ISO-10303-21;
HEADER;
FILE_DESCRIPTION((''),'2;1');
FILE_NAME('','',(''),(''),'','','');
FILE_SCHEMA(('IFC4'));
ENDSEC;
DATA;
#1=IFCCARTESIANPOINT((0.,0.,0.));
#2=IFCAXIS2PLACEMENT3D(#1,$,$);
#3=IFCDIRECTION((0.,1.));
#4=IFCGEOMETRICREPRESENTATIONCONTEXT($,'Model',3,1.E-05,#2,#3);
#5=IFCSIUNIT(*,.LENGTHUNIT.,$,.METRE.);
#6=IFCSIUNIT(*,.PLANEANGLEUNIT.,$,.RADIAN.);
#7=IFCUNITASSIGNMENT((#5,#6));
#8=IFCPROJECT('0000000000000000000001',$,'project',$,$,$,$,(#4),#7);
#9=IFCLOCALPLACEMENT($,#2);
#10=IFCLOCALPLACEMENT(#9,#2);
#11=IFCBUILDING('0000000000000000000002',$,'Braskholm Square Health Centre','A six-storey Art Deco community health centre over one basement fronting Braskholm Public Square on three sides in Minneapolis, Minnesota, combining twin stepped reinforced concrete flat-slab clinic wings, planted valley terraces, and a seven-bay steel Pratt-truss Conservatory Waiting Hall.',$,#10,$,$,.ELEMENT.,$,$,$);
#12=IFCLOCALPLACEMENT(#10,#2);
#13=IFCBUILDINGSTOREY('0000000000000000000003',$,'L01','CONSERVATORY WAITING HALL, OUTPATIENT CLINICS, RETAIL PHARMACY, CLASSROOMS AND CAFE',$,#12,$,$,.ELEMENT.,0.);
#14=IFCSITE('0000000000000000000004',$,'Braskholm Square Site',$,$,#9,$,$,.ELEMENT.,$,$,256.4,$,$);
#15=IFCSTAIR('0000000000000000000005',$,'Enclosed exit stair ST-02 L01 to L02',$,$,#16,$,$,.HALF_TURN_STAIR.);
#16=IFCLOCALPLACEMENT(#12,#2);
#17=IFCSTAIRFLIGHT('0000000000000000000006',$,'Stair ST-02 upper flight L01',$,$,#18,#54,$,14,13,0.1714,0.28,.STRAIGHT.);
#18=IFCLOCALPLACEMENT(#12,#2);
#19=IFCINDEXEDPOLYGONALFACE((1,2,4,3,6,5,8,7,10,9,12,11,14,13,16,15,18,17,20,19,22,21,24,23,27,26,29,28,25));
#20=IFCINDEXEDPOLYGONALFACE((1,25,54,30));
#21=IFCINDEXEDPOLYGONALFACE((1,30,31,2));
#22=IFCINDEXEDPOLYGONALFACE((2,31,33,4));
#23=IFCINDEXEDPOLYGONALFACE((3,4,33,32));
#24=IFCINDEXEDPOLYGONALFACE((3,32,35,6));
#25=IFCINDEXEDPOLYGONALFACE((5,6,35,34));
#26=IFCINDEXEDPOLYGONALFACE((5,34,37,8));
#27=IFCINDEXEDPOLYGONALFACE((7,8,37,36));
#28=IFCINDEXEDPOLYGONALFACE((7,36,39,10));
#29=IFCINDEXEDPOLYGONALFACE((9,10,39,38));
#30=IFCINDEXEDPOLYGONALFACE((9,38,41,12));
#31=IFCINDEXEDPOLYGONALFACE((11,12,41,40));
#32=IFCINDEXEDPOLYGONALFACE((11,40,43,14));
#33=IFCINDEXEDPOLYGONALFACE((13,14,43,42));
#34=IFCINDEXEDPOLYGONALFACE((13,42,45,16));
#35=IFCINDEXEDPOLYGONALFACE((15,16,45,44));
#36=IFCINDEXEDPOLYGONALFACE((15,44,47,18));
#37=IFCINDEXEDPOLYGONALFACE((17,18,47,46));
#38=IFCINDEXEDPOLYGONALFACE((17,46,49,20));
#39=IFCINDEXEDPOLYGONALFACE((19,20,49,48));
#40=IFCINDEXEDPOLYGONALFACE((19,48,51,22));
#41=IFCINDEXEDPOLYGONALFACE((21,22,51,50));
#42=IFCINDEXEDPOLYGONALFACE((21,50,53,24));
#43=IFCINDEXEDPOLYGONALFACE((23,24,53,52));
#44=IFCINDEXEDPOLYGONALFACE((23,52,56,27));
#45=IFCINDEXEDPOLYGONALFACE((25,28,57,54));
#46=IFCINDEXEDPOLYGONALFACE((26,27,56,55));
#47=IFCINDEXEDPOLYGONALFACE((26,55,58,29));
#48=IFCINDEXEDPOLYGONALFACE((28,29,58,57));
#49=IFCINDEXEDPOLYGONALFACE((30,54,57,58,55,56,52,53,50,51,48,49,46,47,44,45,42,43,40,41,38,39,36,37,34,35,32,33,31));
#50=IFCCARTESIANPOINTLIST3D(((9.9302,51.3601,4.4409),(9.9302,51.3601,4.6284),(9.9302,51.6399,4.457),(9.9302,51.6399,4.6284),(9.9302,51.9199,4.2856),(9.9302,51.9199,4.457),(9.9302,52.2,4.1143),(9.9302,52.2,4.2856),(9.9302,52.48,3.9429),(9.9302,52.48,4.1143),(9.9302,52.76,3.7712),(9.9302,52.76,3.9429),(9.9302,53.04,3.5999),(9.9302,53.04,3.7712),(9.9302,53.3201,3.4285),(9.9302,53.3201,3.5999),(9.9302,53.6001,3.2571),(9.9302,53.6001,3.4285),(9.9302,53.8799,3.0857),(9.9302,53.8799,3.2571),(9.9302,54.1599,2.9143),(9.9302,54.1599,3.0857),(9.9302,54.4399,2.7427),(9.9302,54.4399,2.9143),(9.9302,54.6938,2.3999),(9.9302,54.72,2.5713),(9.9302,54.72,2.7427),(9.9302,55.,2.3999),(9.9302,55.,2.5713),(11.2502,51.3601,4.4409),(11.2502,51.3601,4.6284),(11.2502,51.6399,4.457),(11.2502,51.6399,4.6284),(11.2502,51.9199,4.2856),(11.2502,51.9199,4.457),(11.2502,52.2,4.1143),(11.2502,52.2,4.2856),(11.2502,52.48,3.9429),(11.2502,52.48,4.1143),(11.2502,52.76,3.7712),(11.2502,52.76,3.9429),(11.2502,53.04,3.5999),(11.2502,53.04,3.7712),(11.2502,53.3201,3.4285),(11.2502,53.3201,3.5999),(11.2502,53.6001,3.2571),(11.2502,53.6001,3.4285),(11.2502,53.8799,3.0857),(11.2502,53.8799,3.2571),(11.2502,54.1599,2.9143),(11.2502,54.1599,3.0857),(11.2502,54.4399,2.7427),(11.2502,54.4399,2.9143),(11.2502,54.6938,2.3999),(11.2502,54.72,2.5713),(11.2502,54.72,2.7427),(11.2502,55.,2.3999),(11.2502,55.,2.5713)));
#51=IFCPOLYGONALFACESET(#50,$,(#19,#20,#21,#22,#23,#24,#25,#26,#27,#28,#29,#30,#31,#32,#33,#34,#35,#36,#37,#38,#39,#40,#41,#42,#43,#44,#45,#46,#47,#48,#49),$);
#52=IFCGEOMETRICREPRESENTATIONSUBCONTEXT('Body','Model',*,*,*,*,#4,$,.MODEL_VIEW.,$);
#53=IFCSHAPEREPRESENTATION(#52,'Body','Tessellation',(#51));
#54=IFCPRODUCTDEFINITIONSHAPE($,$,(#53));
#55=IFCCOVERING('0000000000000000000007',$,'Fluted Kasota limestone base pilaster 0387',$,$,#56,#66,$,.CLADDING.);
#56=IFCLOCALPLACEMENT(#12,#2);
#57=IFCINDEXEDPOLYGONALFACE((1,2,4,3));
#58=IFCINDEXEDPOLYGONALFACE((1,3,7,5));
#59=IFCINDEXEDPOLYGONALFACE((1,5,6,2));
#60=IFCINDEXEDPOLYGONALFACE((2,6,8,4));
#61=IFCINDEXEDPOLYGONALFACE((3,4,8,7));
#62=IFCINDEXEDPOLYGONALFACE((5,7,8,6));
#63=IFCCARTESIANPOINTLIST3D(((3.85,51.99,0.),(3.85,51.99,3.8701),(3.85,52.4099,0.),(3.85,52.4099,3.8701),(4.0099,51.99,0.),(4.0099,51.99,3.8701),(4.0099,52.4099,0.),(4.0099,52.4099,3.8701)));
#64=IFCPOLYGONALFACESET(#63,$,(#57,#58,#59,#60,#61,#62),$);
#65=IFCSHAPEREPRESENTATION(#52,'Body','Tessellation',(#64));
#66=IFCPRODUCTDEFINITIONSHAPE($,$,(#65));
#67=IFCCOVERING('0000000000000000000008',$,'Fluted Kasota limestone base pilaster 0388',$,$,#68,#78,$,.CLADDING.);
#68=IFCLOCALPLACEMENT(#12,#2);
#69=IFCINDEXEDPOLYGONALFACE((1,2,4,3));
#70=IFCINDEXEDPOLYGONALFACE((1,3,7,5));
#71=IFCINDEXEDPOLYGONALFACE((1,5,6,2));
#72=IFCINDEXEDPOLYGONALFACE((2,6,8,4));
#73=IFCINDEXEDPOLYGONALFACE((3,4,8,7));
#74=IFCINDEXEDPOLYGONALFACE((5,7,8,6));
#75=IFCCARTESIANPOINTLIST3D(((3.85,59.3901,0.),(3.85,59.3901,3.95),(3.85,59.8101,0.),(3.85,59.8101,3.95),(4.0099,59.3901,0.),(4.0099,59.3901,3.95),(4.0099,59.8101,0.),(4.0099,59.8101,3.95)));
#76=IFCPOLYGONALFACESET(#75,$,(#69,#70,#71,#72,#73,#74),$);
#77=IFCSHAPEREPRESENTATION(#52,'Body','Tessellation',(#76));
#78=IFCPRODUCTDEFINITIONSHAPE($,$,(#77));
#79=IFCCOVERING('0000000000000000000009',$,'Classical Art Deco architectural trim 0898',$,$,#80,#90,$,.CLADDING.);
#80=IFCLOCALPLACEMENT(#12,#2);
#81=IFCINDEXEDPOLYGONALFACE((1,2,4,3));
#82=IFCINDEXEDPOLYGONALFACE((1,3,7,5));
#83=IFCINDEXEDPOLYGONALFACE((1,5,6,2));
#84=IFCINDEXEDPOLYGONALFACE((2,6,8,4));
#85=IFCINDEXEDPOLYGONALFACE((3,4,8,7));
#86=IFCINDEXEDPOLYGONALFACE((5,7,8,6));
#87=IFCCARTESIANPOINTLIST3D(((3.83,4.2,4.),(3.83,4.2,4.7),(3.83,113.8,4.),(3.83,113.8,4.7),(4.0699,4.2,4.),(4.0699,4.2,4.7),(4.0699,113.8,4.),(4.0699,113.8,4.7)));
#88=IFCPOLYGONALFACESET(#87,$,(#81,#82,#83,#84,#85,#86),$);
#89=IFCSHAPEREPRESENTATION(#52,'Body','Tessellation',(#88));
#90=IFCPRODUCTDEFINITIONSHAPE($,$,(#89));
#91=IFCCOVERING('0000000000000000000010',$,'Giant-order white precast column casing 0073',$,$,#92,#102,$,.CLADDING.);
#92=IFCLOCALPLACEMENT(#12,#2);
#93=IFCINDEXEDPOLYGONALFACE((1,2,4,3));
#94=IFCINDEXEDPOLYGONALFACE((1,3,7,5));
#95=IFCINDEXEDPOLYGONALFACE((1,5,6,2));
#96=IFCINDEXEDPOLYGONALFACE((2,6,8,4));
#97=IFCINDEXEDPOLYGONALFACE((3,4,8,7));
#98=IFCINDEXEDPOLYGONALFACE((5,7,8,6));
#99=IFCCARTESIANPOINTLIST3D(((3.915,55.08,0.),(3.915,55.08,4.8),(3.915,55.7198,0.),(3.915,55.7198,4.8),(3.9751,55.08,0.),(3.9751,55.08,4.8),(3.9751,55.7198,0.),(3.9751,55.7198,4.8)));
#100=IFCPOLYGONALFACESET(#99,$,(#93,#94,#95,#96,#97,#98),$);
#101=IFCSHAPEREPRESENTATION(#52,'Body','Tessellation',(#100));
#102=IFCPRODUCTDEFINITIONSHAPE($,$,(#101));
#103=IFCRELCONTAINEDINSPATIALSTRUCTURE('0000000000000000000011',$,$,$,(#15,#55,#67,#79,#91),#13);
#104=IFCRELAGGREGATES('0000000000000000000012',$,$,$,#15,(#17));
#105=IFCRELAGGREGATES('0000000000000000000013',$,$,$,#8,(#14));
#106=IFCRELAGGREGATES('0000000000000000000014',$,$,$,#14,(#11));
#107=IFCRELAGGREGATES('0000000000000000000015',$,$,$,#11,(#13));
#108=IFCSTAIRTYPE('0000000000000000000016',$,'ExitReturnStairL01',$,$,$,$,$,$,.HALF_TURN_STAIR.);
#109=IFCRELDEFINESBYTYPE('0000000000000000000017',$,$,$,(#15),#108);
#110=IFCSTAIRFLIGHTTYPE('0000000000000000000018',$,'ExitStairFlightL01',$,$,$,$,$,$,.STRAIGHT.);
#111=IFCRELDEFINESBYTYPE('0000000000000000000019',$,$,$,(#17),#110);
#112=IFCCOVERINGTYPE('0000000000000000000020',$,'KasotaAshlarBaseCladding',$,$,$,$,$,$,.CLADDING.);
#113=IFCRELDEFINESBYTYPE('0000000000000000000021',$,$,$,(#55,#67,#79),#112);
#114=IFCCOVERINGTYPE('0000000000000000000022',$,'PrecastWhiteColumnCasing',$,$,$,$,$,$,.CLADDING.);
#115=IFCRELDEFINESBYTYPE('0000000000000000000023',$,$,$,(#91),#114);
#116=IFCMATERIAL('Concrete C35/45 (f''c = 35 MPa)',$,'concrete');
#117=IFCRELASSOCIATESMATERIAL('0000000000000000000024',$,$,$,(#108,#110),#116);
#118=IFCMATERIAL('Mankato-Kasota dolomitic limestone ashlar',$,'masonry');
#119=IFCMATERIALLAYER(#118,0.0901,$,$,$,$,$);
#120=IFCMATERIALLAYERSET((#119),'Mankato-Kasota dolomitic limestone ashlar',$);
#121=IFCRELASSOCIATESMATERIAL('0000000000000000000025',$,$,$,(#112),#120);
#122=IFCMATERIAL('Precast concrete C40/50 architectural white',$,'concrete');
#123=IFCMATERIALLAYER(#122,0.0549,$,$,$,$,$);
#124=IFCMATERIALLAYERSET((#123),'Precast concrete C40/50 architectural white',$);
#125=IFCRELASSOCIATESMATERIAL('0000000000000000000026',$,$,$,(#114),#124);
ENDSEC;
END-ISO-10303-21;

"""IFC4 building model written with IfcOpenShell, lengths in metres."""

from ifc_helpers import new_model, si_unit, direction, frame, origin, origin_2d, place, context, subcontext, project, spatial, polyline, rectangle, outline, extrude, material, layer, layer_set, type_object, element, aggregate, save


model = new_model("IFC4")

# Units and contexts
model_context = context("Model", 3, precision=1e-05, world=origin(), true_north=direction((0.0, 1.0)))
body_context = subcontext(model_context, "Body", "Model", "MODEL_VIEW")
ifc_project = project(units=[si_unit("LENGTHUNIT", "METRE"), si_unit("PLANEANGLEUNIT", "RADIAN")], contexts=[model_context])

# Site, building, storey
site_placement = place(None, origin())
site = spatial("IfcSite", under=ifc_project, at=site_placement, Name="Braskholm Square Site", CompositionType="ELEMENT", RefElevation=256.4)
building_placement = place(site_placement, origin())
building = spatial("IfcBuilding", under=site, at=building_placement, Name="Braskholm Square Health Centre", Description="A six-storey Art Deco community health centre over one basement fronting Braskholm Public Square on three sides in Minneapolis, Minnesota, combining twin stepped reinforced concrete flat-slab clinic wings, planted valley terraces, and a seven-bay steel Pratt-truss Conservatory Waiting Hall.", CompositionType="ELEMENT")
storey_placement = place(building_placement, origin())
storey = spatial("IfcBuildingStorey", under=building, at=storey_placement, Name="L01", Description="CONSERVATORY WAITING HALL, OUTPATIENT CLINICS, RETAIL PHARMACY, CLASSROOMS AND CAFE", CompositionType="ELEMENT", Elevation=0.0)

# Shared definitions
ifc_material_1 = material(Name="Precast concrete C40/50 architectural white", Category="concrete")

# Shared definitions
ifc_material_2 = material(Name="Mankato-Kasota dolomitic limestone ashlar", Category="masonry")

# Shared definitions
ifc_material_3 = material(Name="Concrete C35/45 (f'c = 35 MPa)", Category="concrete")

# Stair, stair flight
stair_type = type_object("IfcStairType", Name="ExitReturnStairL01", PredefinedType="HALF_TURN_STAIR", material=ifc_material_3)
stair_placement = place(storey_placement, origin())
stair = element("IfcStair", 1, at=stair_placement, inside=storey, type_object=stair_type, Name="Enclosed exit stair ST-02 L01 to L02", PredefinedType="HALF_TURN_STAIR")
stair_flight_type = type_object("IfcStairFlightType", Name="ExitStairFlightL01", PredefinedType="STRAIGHT", material=ifc_material_3)
stair_flight_placement = place(storey_placement, frame((10.5901, 55.0, 2.3999), z_axis=(0.0, 0.0, 1.0), x_axis=(0.0, -1.0, 0.0)))
stair_flight = element("IfcStairFlight", 2, at=stair_flight_placement, type_object=stair_flight_type, Name="Stair ST-02 upper flight L01", NumberOfRisers=14, NumberOfTreads=13, PredefinedType="STRAIGHT", RiserHeight=0.1714, TreadLength=0.28, context=body_context, shape_type="SweptSolid", body=[
    extrude(outline(polyline([(0.0, 0.0), (0.0, 0.1714), (0.28, 0.1714), (0.28, 0.3428), (0.5601, 0.3428), (0.5601, 0.5144), (0.8401, 0.5144), (0.8401, 0.6858), (1.1201, 0.6858), (1.1201, 0.8572), (1.3999, 0.8572), (1.3999, 1.0286), (1.6799, 1.0286), (1.6799, 1.2), (1.96, 1.2), (1.96, 1.3713), (2.24, 1.3713), (2.24, 1.543), (2.52, 1.543), (2.52, 1.7144), (2.8, 1.7144), (2.8, 1.8857), (3.0801, 1.8857), (3.0801, 2.0571), (3.3601, 2.0571), (3.3601, 2.2285), (3.6399, 2.2285), (3.6399, 2.3999), (3.6399, 2.041), (0.3062, 0.0), (0.0, 0.0)])), frame((0.0, 0.6602, 0.0), z_axis=(0.0, -1.0, 0.0), x_axis=(1.0, 0.0, 0.0)), (0.0, 0.0, 1.0), 1.3201),
])
aggregate(stair, [stair_flight])

# Coverings
ifc_layer_1 = layer(ifc_material_2, 0.0901)
ifc_layer_set_1 = layer_set([ifc_layer_1], Name="Mankato-Kasota dolomitic limestone ashlar")
covering_type_1 = type_object("IfcCoveringType", Name="KasotaAshlarBaseCladding", PredefinedType="CLADDING", material=ifc_layer_set_1)
covering_1_placement = place(storey_placement, frame((3.9299, 52.2, 0.0), z_axis=(0.0, 0.0, 1.0), x_axis=(1.0, 0.0, 0.0)))
element("IfcCovering", 3, at=covering_1_placement, inside=storey, type_object=covering_type_1, Name="Fluted Kasota limestone base pilaster 0387", PredefinedType="CLADDING", context=body_context, shape_type="SweptSolid", body=[
    extrude(rectangle(XDim=0.1599, YDim=0.4199, at=origin_2d()), origin(), (0.0, 0.0, 1.0), 3.8701),
])
covering_2_placement = place(storey_placement, frame((3.9299, 59.6001, 0.0), z_axis=(0.0, 0.0, 1.0), x_axis=(1.0, 0.0, 0.0)))
element("IfcCovering", 4, at=covering_2_placement, inside=storey, type_object=covering_type_1, Name="Fluted Kasota limestone base pilaster 0388", PredefinedType="CLADDING", context=body_context, shape_type="SweptSolid", body=[
    extrude(rectangle(XDim=0.1599, YDim=0.4199, at=origin_2d()), origin(), (0.0, 0.0, 1.0), 3.95),
])
covering_3_placement = place(storey_placement, frame((3.95, 59.0, 4.0), z_axis=(0.0, 0.0, 1.0), x_axis=(1.0, 0.0, 0.0)))
element("IfcCovering", 5, at=covering_3_placement, inside=storey, type_object=covering_type_1, Name="Classical Art Deco architectural trim 0898", PredefinedType="CLADDING", context=body_context, shape_type="SweptSolid", body=[
    extrude(rectangle(XDim=0.24, YDim=109.6001, at=origin_2d()), origin(), (0.0, 0.0, 1.0), 0.7),
])
ifc_layer_2 = layer(ifc_material_1, 0.0549)
ifc_layer_set_2 = layer_set([ifc_layer_2], Name="Precast concrete C40/50 architectural white")
covering_type_2 = type_object("IfcCoveringType", Name="PrecastWhiteColumnCasing", PredefinedType="CLADDING", material=ifc_layer_set_2)
covering_4_placement = place(storey_placement, frame((3.9451, 55.3999, 0.0), z_axis=(0.0, 0.0, 1.0), x_axis=(1.0, 0.0, 0.0)))
element("IfcCovering", 6, at=covering_4_placement, inside=storey, type_object=covering_type_2, Name="Giant-order white precast column casing 0073", PredefinedType="CLADDING", context=body_context, shape_type="SweptSolid", body=[
    extrude(rectangle(XDim=0.0601, YDim=0.6399, at=origin_2d()), origin(), (0.0, 0.0, 1.0), 4.8),
])

save(model, "model.ifc")
